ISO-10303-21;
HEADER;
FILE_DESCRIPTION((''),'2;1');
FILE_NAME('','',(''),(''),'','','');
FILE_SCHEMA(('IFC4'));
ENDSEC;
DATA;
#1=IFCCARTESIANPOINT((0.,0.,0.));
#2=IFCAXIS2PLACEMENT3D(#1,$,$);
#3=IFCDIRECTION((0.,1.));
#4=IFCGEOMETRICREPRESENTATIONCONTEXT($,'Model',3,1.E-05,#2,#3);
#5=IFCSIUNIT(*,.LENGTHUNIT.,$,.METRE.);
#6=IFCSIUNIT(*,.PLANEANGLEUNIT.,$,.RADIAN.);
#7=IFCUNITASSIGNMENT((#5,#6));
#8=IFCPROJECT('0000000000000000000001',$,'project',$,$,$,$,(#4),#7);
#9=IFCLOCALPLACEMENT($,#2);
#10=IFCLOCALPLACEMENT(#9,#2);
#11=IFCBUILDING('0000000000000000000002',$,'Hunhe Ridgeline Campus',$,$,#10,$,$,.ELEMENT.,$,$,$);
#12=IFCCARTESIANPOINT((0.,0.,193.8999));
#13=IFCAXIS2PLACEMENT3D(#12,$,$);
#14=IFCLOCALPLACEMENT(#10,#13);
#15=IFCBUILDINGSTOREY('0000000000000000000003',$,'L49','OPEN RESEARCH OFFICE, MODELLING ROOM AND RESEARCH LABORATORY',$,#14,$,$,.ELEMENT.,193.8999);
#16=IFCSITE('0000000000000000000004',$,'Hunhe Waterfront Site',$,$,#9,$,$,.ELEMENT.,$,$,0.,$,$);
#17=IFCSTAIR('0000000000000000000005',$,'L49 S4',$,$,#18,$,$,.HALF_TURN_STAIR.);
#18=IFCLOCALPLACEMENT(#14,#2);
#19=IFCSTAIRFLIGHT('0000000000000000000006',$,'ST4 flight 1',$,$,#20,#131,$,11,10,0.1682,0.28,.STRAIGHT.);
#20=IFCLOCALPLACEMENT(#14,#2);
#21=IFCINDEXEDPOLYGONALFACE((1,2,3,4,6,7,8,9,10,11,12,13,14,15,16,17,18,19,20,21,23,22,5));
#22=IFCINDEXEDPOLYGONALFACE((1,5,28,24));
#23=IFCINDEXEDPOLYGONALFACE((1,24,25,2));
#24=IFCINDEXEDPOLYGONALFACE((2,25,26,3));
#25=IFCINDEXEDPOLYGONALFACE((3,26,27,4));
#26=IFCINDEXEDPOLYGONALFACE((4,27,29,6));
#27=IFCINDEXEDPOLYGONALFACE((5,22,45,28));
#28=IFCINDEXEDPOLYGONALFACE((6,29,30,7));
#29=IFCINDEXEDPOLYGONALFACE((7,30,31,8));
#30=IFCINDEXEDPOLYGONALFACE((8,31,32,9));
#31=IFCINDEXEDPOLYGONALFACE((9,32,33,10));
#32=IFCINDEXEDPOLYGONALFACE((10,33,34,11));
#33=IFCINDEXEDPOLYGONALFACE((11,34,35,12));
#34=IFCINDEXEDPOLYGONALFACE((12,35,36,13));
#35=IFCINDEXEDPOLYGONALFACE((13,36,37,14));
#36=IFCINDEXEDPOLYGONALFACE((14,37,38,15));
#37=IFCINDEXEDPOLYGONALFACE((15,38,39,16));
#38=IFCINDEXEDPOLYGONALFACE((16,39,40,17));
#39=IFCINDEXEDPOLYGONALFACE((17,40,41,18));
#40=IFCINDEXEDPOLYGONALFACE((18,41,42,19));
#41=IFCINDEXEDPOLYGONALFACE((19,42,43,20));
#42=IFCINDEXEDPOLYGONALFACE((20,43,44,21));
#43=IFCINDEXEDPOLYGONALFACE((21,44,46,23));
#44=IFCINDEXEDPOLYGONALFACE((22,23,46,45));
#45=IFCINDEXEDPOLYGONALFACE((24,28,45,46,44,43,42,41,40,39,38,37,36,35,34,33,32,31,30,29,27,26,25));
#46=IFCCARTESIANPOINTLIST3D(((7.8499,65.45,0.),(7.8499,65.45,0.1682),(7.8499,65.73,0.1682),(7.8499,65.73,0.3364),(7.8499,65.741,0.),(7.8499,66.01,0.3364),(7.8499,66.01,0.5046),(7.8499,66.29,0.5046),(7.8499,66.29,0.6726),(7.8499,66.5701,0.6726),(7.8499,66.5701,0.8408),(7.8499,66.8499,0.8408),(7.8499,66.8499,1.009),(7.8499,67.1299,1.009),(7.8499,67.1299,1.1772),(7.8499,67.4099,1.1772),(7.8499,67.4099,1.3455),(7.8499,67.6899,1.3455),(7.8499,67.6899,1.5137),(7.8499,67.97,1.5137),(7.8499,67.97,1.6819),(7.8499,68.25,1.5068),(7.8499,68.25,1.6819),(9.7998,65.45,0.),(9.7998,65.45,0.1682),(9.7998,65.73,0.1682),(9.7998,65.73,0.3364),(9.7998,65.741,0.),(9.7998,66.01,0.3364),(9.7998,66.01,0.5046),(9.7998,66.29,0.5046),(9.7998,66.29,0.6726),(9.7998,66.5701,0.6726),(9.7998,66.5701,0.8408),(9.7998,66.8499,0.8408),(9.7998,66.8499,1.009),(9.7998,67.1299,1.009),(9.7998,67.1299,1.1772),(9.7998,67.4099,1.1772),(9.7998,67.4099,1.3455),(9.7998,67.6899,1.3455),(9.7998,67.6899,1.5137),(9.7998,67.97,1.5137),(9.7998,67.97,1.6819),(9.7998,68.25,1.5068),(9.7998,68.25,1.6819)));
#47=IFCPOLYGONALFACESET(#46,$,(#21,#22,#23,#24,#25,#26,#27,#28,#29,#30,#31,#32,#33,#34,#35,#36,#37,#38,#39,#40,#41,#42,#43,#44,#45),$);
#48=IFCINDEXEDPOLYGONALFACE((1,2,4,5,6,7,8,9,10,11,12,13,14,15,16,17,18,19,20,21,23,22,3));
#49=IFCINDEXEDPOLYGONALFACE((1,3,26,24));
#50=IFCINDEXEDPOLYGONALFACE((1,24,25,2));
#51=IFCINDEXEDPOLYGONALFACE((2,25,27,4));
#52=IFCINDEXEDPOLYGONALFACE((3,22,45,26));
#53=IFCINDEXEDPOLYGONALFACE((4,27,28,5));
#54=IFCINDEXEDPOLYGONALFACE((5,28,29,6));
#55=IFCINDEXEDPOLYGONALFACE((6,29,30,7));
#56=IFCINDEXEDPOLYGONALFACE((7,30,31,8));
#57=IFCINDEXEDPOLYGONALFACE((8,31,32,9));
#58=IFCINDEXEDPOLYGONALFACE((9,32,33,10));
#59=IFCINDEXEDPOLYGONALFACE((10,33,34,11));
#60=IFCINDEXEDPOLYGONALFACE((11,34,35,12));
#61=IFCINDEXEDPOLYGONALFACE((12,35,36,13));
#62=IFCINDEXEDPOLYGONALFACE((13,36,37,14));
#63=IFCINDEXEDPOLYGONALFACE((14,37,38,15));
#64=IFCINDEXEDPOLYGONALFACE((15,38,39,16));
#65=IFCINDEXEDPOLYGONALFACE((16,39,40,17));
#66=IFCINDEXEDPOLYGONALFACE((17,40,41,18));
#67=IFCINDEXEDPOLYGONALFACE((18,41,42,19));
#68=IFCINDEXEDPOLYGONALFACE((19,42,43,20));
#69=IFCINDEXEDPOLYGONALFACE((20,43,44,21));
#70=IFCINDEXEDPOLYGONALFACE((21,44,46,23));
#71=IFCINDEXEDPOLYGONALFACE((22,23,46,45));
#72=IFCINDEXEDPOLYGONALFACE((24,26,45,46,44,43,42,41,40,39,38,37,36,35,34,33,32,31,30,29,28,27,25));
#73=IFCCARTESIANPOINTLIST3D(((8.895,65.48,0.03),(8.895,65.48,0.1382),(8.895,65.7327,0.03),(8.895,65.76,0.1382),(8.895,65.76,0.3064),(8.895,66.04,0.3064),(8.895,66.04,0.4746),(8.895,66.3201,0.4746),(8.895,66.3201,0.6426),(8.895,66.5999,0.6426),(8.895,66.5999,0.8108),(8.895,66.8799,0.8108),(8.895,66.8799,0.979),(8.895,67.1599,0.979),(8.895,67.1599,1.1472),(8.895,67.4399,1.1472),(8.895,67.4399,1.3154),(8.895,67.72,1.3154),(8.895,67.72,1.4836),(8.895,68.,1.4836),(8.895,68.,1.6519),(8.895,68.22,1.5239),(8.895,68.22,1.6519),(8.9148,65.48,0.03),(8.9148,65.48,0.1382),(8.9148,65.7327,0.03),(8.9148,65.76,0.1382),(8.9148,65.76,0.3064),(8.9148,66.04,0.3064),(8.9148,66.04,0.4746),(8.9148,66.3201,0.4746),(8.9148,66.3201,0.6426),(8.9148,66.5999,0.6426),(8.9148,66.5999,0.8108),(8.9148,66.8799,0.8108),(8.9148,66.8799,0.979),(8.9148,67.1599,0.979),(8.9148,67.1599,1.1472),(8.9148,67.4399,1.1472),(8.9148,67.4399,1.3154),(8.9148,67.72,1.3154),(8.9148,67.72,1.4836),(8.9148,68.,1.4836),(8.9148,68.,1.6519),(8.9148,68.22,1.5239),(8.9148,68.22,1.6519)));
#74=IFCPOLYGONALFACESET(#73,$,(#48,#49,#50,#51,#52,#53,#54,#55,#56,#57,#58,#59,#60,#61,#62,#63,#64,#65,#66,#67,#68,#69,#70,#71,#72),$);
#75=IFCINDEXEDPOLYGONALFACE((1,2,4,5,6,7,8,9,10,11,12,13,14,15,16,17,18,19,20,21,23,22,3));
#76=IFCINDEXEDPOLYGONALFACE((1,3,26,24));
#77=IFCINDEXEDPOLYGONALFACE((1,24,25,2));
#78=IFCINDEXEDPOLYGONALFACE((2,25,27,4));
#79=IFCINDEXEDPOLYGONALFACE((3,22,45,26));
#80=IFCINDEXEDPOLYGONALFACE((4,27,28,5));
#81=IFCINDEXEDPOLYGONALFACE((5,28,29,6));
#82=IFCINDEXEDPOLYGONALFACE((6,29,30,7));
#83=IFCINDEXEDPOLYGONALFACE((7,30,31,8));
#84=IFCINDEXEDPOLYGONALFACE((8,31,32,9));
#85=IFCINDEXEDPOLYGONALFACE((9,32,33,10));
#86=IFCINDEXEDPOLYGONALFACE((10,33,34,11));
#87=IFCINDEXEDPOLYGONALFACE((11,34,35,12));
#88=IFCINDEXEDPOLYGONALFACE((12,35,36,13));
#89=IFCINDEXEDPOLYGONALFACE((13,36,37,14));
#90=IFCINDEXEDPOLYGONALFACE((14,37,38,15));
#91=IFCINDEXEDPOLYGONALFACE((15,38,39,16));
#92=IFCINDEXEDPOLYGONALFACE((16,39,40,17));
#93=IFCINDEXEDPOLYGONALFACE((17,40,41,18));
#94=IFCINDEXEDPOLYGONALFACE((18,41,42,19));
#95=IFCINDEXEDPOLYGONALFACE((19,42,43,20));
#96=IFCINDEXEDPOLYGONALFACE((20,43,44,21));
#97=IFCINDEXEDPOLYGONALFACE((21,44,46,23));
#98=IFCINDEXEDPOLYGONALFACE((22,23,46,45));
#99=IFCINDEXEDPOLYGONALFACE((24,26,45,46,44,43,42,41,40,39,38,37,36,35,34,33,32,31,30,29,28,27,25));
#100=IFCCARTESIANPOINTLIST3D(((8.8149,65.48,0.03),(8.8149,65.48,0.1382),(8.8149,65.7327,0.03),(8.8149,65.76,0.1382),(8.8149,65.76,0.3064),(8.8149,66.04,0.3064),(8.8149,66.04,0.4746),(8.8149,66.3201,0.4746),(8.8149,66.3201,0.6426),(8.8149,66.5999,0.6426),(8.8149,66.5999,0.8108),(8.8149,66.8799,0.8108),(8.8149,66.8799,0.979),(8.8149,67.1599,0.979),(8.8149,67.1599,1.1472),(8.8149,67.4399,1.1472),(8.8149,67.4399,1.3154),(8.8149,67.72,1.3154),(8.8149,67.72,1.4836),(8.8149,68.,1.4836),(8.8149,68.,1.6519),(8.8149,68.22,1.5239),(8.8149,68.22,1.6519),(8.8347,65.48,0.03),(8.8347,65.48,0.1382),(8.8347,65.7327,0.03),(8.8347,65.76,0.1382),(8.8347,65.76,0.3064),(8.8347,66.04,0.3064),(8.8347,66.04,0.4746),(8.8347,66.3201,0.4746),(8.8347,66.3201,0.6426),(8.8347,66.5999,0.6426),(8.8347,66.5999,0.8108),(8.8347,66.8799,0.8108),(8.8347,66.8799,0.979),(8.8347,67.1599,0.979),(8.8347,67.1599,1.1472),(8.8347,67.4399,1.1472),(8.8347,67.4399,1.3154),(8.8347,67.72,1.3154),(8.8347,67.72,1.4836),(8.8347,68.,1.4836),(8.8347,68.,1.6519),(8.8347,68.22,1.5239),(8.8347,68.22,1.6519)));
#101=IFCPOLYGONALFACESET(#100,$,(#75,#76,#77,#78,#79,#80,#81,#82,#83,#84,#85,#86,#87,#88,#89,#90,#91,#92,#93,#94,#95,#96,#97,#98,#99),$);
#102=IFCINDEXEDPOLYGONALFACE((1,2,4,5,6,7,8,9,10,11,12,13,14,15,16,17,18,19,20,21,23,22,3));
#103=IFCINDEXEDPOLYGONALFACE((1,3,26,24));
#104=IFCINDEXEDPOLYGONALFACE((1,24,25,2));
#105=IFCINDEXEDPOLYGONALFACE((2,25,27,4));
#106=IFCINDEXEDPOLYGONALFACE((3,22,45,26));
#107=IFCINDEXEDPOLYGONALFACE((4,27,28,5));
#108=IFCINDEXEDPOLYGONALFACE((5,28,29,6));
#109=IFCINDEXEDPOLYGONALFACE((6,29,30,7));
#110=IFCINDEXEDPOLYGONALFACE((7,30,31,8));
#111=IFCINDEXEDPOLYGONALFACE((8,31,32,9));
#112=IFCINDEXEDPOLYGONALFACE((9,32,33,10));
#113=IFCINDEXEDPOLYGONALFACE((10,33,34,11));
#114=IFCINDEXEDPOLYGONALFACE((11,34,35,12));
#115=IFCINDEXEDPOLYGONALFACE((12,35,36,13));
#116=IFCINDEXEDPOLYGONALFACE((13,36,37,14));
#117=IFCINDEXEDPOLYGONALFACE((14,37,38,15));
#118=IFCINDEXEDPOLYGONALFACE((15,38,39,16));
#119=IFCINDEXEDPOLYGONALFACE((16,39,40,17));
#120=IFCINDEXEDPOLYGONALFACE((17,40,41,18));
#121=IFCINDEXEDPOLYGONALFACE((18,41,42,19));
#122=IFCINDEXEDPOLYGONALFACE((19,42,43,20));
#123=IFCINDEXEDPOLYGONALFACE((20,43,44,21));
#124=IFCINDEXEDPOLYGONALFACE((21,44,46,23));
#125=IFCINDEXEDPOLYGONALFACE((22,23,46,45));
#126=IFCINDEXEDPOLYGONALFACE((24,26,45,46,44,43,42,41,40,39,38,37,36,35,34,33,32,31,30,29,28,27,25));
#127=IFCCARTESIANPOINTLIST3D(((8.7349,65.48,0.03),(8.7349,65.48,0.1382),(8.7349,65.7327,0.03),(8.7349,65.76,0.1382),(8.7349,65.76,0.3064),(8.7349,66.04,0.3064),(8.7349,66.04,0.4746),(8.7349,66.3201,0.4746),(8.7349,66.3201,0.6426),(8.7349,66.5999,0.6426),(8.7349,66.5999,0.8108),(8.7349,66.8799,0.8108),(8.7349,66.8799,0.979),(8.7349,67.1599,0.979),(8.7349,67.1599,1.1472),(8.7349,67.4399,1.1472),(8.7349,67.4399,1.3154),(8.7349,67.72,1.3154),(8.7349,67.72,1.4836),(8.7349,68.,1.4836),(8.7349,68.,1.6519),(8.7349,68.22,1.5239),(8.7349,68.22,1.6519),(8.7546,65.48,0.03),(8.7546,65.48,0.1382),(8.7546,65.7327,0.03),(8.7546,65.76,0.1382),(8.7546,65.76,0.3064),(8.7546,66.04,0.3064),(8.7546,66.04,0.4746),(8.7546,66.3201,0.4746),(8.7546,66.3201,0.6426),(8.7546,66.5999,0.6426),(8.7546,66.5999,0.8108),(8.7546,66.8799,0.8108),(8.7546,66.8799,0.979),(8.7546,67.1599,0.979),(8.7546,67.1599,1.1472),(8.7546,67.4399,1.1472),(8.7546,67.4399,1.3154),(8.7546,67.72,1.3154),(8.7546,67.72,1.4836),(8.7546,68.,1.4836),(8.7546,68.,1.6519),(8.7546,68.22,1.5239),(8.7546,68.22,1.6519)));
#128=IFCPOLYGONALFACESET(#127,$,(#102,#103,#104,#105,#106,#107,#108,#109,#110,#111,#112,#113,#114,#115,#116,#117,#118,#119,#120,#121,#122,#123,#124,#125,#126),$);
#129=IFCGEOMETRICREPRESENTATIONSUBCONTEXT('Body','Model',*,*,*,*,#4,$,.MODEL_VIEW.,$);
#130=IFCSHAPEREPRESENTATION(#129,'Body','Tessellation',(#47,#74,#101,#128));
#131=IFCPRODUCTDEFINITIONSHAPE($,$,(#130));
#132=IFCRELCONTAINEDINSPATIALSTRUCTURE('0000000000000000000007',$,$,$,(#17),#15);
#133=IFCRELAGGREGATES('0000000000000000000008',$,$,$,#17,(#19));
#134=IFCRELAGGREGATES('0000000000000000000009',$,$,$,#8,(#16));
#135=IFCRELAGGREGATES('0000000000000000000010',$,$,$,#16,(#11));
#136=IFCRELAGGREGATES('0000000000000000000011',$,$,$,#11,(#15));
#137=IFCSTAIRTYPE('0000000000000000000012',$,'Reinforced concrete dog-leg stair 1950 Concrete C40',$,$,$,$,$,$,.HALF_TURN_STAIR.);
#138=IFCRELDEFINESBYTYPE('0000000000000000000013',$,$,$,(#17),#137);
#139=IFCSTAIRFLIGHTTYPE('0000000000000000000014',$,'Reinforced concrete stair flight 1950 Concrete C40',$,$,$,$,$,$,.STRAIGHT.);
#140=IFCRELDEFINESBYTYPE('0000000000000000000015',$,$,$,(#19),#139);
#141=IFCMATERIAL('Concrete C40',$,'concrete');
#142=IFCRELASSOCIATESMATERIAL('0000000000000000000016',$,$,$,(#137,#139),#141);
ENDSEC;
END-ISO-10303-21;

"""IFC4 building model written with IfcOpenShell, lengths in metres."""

from ifc_helpers import new_model, si_unit, direction, frame, origin, place, context, subcontext, project, spatial, polyline, outline, extrude, material, type_object, element, aggregate, save


model = new_model("IFC4")

# Units and contexts
model_context = context("Model", 3, precision=1e-05, world=origin(), true_north=direction((0.0, 1.0)))
body_context = subcontext(model_context, "Body", "Model", "MODEL_VIEW")
ifc_project = project(units=[si_unit("LENGTHUNIT", "METRE"), si_unit("PLANEANGLEUNIT", "RADIAN")], contexts=[model_context])

# Site, building, storey
site_placement = place(None, origin())
site = spatial("IfcSite", under=ifc_project, at=site_placement, Name="Hunhe Waterfront Site", CompositionType="ELEMENT", RefElevation=0.0)
building_placement = place(site_placement, origin())
building = spatial("IfcBuilding", under=site, at=building_placement, Name="Hunhe Ridgeline Campus", CompositionType="ELEMENT")
storey_placement = place(building_placement, frame((0.0, 0.0, 193.8999)))
storey = spatial("IfcBuildingStorey", under=building, at=storey_placement, Name="L49", Description="OPEN RESEARCH OFFICE, MODELLING ROOM AND RESEARCH LABORATORY", CompositionType="ELEMENT", Elevation=193.8999)

# Shared definitions
ifc_material_1 = material(Name="Concrete C40", Category="concrete")
stair_type = type_object("IfcStairType", Name="Reinforced concrete dog-leg stair 1950 Concrete C40", PredefinedType="HALF_TURN_STAIR", material=ifc_material_1)
stair_flight_type = type_object("IfcStairFlightType", Name="Reinforced concrete stair flight 1950 Concrete C40", PredefinedType="STRAIGHT", material=ifc_material_1)

# Stair, stair flight
stair_1_placement = place(storey_placement, origin())
stair_1 = element("IfcStair", 1, at=stair_1_placement, inside=storey, type_object=stair_type, Name="L49 S4", PredefinedType="HALF_TURN_STAIR")
stair_flight_1_placement = place(storey_placement, frame((8.825, 65.45, 0.0), z_axis=(0.0, 0.0, 1.0), x_axis=(0.0, 1.0, 0.0)))
stair_flight_1 = element("IfcStairFlight", 2, at=stair_flight_1_placement, type_object=stair_flight_type, Name="ST4 flight 1", NumberOfRisers=11, NumberOfTreads=10, PredefinedType="STRAIGHT", RiserHeight=0.1682, TreadLength=0.28, context=body_context, shape_type="SweptSolid", body=[
    extrude(outline(polyline([(0.0, 0.0), (0.0, 0.1682), (0.28, 0.1682), (0.28, 0.3364), (0.5601, 0.3364), (0.5601, 0.5046), (0.8401, 0.5046), (0.8401, 0.6726), (1.1201, 0.6726), (1.1201, 0.8408), (1.3999, 0.8408), (1.3999, 1.009), (1.6799, 1.009), (1.6799, 1.1772), (1.96, 1.1772), (1.96, 1.3455), (2.24, 1.3455), (2.24, 1.5137), (2.52, 1.5137), (2.52, 1.6819), (2.8, 1.6819), (2.8, 1.8501), (2.8, 1.5068), (0.291, 0.0), (0.0, 0.0)])), frame((0.0, 0.9751, 0.0), z_axis=(0.0, -1.0, 0.0), x_axis=(1.0, 0.0, 0.0)), (0.0, 0.0, 1.0), 1.95),
    extrude(outline(polyline([(0.03, 0.03), (0.03, 0.1382), (0.3101, 0.1382), (0.3101, 0.3064), (0.5901, 0.3064), (0.5901, 0.4746), (0.8701, 0.4746), (0.8701, 0.6426), (1.1499, 0.6426), (1.1499, 0.8108), (1.4299, 0.8108), (1.4299, 0.979), (1.71, 0.979), (1.71, 1.1472), (1.99, 1.1472), (1.99, 1.3154), (2.27, 1.3154), (2.27, 1.4836), (2.55, 1.4836), (2.55, 1.6519), (2.77, 1.6519), (2.77, 1.5239), (0.2827, 0.03), (0.03, 0.03)])), frame((0.0, -0.0701, 0.0), z_axis=(0.0, -1.0, 0.0), x_axis=(1.0, 0.0, 0.0)), (0.0, 0.0, 1.0), 0.0198),
    extrude(outline(polyline([(0.03, 0.03), (0.03, 0.1382), (0.3101, 0.1382), (0.3101, 0.3064), (0.5901, 0.3064), (0.5901, 0.4746), (0.8701, 0.4746), (0.8701, 0.6426), (1.1499, 0.6426), (1.1499, 0.8108), (1.4299, 0.8108), (1.4299, 0.979), (1.71, 0.979), (1.71, 1.1472), (1.99, 1.1472), (1.99, 1.3154), (2.27, 1.3154), (2.27, 1.4836), (2.55, 1.4836), (2.55, 1.6519), (2.77, 1.6519), (2.77, 1.5239), (0.2827, 0.03), (0.03, 0.03)])), frame((0.0, 0.01, 0.0), z_axis=(0.0, -1.0, 0.0), x_axis=(1.0, 0.0, 0.0)), (0.0, 0.0, 1.0), 0.0198),
    extrude(outline(polyline([(0.03, 0.03), (0.03, 0.1382), (0.3101, 0.1382), (0.3101, 0.3064), (0.5901, 0.3064), (0.5901, 0.4746), (0.8701, 0.4746), (0.8701, 0.6426), (1.1499, 0.6426), (1.1499, 0.8108), (1.4299, 0.8108), (1.4299, 0.979), (1.71, 0.979), (1.71, 1.1472), (1.99, 1.1472), (1.99, 1.3154), (2.27, 1.3154), (2.27, 1.4836), (2.55, 1.4836), (2.55, 1.6519), (2.77, 1.6519), (2.77, 1.5239), (0.2827, 0.03), (0.03, 0.03)])), frame((0.0, 0.0901, 0.0), z_axis=(0.0, -1.0, 0.0), x_axis=(1.0, 0.0, 0.0)), (0.0, 0.0, 1.0), 0.0198),
])
aggregate(stair_1, [stair_flight_1])

save(model, "model.ifc")
